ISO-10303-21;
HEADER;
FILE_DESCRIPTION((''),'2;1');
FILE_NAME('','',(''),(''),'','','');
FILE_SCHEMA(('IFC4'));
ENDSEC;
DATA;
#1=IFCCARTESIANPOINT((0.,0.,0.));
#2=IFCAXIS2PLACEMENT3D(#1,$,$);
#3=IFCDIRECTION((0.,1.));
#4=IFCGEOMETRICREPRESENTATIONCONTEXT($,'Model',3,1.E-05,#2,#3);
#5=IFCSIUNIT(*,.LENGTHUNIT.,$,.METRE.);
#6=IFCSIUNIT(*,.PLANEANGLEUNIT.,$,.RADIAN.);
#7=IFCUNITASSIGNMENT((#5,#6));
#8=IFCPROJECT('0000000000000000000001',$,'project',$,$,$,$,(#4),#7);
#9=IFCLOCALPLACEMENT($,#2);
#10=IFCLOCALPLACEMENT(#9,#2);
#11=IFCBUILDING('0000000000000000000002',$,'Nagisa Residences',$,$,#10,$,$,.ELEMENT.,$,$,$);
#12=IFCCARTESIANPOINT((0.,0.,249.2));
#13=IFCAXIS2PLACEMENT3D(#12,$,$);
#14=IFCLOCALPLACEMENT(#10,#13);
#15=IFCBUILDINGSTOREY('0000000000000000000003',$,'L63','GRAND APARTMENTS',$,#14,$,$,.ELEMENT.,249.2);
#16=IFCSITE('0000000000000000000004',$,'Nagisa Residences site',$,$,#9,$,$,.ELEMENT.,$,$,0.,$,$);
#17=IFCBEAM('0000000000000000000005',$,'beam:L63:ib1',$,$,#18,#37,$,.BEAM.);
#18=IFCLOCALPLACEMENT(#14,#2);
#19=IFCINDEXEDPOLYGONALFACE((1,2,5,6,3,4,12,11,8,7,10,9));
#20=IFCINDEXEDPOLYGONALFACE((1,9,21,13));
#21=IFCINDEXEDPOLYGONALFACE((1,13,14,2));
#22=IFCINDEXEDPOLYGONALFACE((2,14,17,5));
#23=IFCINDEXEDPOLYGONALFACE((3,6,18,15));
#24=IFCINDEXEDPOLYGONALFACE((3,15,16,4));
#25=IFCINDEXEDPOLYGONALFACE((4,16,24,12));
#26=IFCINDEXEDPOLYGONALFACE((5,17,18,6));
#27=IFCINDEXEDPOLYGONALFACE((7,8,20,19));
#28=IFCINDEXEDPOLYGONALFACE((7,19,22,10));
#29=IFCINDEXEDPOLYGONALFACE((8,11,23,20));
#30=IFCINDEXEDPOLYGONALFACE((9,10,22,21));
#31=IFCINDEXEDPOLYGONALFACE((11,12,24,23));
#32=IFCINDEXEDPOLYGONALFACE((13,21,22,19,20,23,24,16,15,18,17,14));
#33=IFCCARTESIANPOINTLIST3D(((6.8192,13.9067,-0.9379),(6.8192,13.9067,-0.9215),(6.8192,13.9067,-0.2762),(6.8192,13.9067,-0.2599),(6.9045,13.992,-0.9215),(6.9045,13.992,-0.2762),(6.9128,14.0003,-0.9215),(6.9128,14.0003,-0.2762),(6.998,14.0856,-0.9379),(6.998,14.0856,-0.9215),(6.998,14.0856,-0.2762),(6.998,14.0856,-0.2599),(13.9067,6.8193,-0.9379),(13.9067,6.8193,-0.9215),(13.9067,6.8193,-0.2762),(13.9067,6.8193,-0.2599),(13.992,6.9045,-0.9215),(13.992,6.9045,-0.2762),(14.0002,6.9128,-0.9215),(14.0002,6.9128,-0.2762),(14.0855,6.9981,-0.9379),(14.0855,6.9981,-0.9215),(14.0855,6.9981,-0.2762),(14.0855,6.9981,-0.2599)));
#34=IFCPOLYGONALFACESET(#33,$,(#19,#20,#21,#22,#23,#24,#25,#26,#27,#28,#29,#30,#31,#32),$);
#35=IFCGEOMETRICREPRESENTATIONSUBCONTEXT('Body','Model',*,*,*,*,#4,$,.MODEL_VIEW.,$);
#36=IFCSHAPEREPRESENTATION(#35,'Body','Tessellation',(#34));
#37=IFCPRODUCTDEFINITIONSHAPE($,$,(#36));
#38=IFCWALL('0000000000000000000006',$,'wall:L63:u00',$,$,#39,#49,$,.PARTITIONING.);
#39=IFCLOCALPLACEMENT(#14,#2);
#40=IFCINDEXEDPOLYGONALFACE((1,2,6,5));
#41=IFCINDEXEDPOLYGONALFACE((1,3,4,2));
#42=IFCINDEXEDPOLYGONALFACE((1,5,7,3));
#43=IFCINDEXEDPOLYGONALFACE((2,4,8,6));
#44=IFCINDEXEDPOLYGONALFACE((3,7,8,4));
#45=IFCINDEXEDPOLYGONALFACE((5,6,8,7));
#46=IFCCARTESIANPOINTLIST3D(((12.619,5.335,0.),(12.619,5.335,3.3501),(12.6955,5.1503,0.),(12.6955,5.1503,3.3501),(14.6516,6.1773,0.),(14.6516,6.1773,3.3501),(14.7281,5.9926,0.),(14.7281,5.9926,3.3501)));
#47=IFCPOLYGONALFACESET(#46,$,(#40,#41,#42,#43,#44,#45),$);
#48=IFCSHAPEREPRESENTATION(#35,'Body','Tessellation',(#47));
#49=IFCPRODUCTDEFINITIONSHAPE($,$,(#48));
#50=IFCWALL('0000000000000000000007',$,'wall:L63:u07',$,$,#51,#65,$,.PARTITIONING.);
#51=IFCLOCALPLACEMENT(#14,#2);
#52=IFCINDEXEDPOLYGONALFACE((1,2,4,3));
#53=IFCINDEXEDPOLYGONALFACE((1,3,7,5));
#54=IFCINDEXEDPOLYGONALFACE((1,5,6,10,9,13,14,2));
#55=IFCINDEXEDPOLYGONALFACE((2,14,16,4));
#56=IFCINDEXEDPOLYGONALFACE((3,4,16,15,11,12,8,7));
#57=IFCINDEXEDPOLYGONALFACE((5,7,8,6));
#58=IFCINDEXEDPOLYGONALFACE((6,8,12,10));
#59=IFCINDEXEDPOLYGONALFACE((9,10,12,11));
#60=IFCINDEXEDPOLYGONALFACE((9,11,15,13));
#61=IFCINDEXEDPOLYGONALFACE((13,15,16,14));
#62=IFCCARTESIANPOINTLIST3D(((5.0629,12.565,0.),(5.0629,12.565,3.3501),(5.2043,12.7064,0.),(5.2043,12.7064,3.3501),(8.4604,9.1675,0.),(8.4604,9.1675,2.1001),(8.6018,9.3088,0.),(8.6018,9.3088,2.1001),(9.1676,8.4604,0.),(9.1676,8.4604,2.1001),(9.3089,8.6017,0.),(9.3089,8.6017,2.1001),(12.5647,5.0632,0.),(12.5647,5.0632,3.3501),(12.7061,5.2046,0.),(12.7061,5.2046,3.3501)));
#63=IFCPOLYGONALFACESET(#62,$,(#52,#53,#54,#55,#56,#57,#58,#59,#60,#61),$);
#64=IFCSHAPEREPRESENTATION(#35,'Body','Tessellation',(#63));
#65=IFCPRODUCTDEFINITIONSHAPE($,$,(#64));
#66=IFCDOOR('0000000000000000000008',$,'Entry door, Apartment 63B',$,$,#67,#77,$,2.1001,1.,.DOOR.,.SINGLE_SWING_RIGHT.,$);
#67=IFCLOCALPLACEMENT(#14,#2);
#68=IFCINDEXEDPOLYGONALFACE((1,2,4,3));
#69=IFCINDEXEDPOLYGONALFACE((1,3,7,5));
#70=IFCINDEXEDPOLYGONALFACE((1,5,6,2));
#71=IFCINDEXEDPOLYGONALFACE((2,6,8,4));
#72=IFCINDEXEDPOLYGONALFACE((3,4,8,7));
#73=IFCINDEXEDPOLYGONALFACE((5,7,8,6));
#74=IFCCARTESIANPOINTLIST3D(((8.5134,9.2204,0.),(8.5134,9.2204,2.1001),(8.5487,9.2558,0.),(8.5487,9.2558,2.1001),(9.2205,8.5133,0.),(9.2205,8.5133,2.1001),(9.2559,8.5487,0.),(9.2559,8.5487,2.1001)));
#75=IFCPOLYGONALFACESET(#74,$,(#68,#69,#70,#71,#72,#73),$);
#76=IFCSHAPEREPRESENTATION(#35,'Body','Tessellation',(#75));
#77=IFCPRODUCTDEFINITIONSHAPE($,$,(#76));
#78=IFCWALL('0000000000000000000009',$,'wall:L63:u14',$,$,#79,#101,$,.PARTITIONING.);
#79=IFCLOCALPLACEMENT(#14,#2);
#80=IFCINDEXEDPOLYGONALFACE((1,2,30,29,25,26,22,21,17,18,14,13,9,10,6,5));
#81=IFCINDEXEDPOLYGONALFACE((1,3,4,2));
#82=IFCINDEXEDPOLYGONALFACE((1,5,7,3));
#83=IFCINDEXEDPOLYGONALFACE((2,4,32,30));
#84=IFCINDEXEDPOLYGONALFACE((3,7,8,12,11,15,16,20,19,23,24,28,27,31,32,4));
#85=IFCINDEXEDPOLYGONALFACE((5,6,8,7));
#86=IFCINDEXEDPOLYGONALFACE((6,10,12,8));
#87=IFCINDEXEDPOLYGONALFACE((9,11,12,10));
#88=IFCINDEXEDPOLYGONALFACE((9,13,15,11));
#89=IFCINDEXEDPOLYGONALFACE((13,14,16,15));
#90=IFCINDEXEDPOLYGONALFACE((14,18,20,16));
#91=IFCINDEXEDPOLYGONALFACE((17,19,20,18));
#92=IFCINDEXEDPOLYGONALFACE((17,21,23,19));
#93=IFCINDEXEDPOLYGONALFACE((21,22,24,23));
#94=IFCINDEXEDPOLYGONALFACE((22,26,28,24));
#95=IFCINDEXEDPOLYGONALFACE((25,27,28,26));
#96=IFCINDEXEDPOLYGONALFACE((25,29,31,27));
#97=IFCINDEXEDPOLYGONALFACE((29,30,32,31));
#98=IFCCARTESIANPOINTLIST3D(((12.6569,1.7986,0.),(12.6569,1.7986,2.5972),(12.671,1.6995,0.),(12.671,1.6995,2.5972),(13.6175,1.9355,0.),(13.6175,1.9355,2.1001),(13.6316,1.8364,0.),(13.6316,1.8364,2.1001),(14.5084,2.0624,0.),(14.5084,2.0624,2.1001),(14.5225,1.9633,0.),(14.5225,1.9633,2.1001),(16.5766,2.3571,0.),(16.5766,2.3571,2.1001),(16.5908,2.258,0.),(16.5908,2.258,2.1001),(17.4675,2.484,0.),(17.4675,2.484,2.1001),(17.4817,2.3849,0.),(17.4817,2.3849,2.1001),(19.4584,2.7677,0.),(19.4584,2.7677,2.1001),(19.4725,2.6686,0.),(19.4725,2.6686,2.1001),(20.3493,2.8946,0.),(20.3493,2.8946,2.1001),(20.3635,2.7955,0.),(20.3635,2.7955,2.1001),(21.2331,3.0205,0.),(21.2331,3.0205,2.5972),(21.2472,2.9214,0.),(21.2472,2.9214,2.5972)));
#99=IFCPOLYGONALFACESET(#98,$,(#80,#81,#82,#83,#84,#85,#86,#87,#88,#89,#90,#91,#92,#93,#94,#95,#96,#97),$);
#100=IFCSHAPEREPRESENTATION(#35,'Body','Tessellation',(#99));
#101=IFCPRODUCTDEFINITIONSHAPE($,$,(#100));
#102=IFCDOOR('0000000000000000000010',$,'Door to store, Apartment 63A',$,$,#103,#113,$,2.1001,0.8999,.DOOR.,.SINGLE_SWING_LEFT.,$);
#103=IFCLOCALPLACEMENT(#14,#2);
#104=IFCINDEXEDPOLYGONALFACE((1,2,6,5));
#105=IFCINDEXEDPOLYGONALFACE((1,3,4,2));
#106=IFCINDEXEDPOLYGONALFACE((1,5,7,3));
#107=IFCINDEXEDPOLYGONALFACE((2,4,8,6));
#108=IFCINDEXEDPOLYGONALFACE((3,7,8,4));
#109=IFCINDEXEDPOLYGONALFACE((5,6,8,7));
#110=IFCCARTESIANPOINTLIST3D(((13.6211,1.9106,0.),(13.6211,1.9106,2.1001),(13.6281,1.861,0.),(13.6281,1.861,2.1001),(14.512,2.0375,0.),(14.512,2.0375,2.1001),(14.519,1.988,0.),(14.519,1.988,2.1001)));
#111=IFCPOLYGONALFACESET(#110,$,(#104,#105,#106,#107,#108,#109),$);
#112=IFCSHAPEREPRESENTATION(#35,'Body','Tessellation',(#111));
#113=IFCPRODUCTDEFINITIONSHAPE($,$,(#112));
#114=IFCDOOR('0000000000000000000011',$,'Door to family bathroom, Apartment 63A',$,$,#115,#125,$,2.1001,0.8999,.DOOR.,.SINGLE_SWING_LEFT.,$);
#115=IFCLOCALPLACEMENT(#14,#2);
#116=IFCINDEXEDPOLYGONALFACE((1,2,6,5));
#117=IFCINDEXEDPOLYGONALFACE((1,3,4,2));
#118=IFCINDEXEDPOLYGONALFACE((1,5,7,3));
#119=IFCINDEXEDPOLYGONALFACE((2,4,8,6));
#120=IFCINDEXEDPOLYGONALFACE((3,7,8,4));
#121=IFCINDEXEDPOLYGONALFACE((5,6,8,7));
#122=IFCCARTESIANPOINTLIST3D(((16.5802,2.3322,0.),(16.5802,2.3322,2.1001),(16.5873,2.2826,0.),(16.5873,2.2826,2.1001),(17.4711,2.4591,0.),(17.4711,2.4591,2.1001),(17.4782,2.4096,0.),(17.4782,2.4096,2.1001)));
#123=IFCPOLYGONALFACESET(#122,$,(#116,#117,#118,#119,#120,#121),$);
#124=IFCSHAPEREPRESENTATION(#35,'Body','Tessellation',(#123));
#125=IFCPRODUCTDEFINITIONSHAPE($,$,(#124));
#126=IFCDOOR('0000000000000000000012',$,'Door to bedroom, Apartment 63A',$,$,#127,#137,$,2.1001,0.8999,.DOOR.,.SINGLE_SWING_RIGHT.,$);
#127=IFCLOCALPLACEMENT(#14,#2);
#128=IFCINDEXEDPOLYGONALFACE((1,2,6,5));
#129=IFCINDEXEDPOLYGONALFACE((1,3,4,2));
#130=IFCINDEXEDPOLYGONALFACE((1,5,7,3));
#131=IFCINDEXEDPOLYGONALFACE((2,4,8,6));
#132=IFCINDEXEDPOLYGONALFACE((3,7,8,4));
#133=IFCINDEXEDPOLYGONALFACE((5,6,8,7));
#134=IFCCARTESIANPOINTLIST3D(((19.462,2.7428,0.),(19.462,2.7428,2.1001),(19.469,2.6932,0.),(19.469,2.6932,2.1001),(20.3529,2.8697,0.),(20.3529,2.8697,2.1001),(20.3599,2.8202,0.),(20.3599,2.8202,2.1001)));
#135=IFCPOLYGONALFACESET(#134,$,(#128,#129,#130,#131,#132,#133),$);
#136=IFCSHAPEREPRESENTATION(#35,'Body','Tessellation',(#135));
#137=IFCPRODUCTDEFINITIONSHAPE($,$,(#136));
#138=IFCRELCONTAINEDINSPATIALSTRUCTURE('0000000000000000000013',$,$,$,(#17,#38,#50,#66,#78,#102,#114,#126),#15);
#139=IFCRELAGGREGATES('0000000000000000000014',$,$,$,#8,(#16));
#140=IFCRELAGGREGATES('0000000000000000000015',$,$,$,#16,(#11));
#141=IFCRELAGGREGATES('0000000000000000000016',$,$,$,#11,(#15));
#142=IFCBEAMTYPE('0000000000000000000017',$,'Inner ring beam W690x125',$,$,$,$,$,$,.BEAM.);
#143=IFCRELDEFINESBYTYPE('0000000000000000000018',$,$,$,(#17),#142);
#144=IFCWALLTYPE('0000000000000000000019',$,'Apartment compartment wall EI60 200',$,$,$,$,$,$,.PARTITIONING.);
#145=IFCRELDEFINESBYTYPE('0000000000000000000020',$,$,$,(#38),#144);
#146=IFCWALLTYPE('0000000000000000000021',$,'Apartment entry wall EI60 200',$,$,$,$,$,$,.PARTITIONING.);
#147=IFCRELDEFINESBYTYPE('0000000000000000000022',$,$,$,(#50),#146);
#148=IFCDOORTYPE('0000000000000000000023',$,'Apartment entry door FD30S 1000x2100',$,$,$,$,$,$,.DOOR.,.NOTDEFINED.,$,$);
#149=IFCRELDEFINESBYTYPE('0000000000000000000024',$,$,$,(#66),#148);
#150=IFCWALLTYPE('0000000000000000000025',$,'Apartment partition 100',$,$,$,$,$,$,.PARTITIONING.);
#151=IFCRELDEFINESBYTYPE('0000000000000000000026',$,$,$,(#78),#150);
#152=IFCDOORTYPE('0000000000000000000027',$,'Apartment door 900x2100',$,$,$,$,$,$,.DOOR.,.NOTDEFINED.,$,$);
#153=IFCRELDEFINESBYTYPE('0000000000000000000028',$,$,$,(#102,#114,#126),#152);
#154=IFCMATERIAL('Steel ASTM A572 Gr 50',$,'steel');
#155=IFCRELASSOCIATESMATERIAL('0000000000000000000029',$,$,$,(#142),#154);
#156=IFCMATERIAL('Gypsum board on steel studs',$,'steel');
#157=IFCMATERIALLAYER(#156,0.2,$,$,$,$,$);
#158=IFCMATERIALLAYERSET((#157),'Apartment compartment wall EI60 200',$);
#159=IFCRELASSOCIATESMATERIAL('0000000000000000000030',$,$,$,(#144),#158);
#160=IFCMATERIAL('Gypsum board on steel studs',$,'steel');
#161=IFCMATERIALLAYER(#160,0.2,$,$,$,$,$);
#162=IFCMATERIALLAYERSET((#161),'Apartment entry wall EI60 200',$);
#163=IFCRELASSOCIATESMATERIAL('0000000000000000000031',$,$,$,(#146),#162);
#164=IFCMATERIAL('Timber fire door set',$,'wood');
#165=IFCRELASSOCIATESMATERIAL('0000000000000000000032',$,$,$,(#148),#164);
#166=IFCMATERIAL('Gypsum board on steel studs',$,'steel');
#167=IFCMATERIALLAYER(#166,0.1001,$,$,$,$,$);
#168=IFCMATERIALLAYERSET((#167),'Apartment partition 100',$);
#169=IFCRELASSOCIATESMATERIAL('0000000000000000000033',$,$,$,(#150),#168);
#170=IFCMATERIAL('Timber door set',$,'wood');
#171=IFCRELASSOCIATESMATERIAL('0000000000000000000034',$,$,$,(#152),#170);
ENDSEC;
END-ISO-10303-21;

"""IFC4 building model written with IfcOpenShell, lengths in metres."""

from ifc_helpers import new_model, si_unit, direction, frame, frame_2d, origin, origin_2d, place, context, subcontext, project, spatial, rectangle, i_section, extrude, material, layer, layer_set, material_profile, profile_set, type_object, element, fill, save


model = new_model("IFC4")

# Units and contexts
model_context = context("Model", 3, precision=1e-05, world=origin(), true_north=direction((0.0, 1.0)))
body_context = subcontext(model_context, "Body", "Model", "MODEL_VIEW")
ifc_project = project(units=[si_unit("LENGTHUNIT", "METRE"), si_unit("PLANEANGLEUNIT", "RADIAN")], contexts=[model_context])

# Site, building, storey
site_placement = place(None, origin())
site = spatial("IfcSite", under=ifc_project, at=site_placement, Name="Nagisa Residences site", CompositionType="ELEMENT", RefElevation=0.0)
building_placement = place(site_placement, origin())
building = spatial("IfcBuilding", under=site, at=building_placement, Name="Nagisa Residences", CompositionType="ELEMENT")
storey_placement = place(building_placement, frame((0.0, 0.0, 249.2)))
storey = spatial("IfcBuildingStorey", under=building, at=storey_placement, Name="L63", Description="GRAND APARTMENTS", CompositionType="ELEMENT", Elevation=249.2)

# Beam
ifc_material_1 = material(Name="Steel ASTM A572 Gr 50", Category="steel")
ifc_material_profile = material_profile(ifc_material_1, i_section(OverallWidth=0.2529, OverallDepth=0.678, WebThickness=0.0117, FlangeThickness=0.0164, at=origin_2d()), Name="W690x125")
ifc_profile_set = profile_set([ifc_material_profile], Name="Steel ASTM A572 Gr 50")
beam_type = type_object("IfcBeamType", Name="Inner ring beam W690x125", PredefinedType="BEAM", material=ifc_profile_set)
beam_placement = place(storey_placement, frame((13.9961, 6.9087, -0.5989), z_axis=(-0.707107, 0.707107, 0.0), x_axis=(-0.707107, -0.707107, 0.0)))
element("IfcBeam", 1, at=beam_placement, inside=storey, type_object=beam_type, Name="beam:L63:ib1", PredefinedType="BEAM", context=body_context, shape_type="SweptSolid", body=[
    extrude(i_section(OverallWidth=0.2529, OverallDepth=0.678, WebThickness=0.0117, FlangeThickness=0.0164, at=origin_2d()), origin(), (0.0, 0.0, 1.0), 10.0232),
])

# Wall
ifc_material_2 = material(Name="Gypsum board on steel studs", Category="steel")
ifc_layer_1 = layer(ifc_material_2, 0.2)
ifc_layer_set_1 = layer_set([ifc_layer_1], Name="Apartment compartment wall EI60 200")
wall_type_1 = type_object("IfcWallType", Name="Apartment compartment wall EI60 200", PredefinedType="PARTITIONING", material=ifc_layer_set_1)
wall_1_placement = place(storey_placement, frame((12.6572, 5.2427, 0.0), z_axis=(0.0, 0.0, 1.0), x_axis=(0.92383, 0.382803, 0.0)))
element("IfcWall", 2, at=wall_1_placement, inside=storey, type_object=wall_type_1, Name="wall:L63:u00", PredefinedType="PARTITIONING", context=body_context, shape_type="SweptSolid", body=[
    extrude(rectangle(XDim=2.2002, YDim=0.2, at=frame_2d((1.1001, 0.0))), origin(), (0.0, 0.0, 1.0), 3.3501),
])

# Wall, opening, door
ifc_material_3 = material(Name="Gypsum board on steel studs", Category="steel")
ifc_layer_2 = layer(ifc_material_3, 0.2)
ifc_layer_set_2 = layer_set([ifc_layer_2], Name="Apartment entry wall EI60 200")
wall_type_2 = type_object("IfcWallType", Name="Apartment entry wall EI60 200", PredefinedType="PARTITIONING", material=ifc_layer_set_2)
wall_2_placement = place(storey_placement, frame((12.6355, 5.1338, 0.0), z_axis=(0.0, 0.0, 1.0), x_axis=(-0.707107, 0.707107, 0.0)))
wall_2 = element("IfcWall", 3, at=wall_2_placement, inside=storey, type_object=wall_type_2, Name="wall:L63:u07", PredefinedType="PARTITIONING", context=body_context, shape_type="SweptSolid", body=[
    extrude(rectangle(XDim=10.6091, YDim=0.2, at=frame_2d((5.3047, 0.0))), origin(), (0.0, 0.0, 1.0), 3.3501),
])
opening_1_placement = place(wall_2_placement, frame((4.8044, 0.0, 0.0)))
opening_1 = element("IfcOpeningElement", 4, at=opening_1_placement, cuts=wall_2, PredefinedType="OPENING", context=body_context, shape_type="SweptSolid", body=[
    extrude(rectangle(XDim=1.0, YDim=2.1001, at=frame_2d((0.5, 1.05))), frame((0.0, 0.1099, 0.0), z_axis=(0.0, -1.0, 0.0), x_axis=(1.0, 0.0, 0.0)), (0.0, 0.0, 1.0), 0.22),
])
ifc_material_4 = material(Name="Timber fire door set", Category="wood")
door_type_1 = type_object("IfcDoorType", Name="Apartment entry door FD30S 1000x2100", OperationType="NOTDEFINED", PredefinedType="DOOR", material=ifc_material_4)
door_1_placement = place(opening_1_placement, frame((1.0, 0.0, 0.0), x_axis=(-1.0, 0.0, 0.0)))
door_1 = element("IfcDoor", 5, at=door_1_placement, inside=storey, type_object=door_type_1, Name="Entry door, Apartment 63B", OperationType="SINGLE_SWING_RIGHT", OverallHeight=2.1001, OverallWidth=1.0, PredefinedType="DOOR", context=body_context, shape_type="SweptSolid", body=[
    extrude(rectangle(XDim=1.0, YDim=2.1001, at=frame_2d((0.5, 1.05))), frame((0.0, 0.0249, 0.0), z_axis=(0.0, -1.0, 0.0), x_axis=(1.0, 0.0, 0.0)), (0.0, 0.0, 1.0), 0.05),
])
fill(opening_1, door_1)

# Wall, openings, doors
ifc_material_5 = material(Name="Gypsum board on steel studs", Category="steel")
ifc_layer_3 = layer(ifc_material_5, 0.1001)
ifc_layer_set_3 = layer_set([ifc_layer_3], Name="Apartment partition 100")
wall_type_3 = type_object("IfcWallType", Name="Apartment partition 100", PredefinedType="PARTITIONING", material=ifc_layer_set_3)
wall_3_placement = place(storey_placement, frame((12.6638, 1.749, 0.0), z_axis=(0.0, 0.0, 1.0), x_axis=(0.990002, 0.141054, 0.0)))
wall_3 = element("IfcWall", 6, at=wall_3_placement, inside=storey, type_object=wall_type_3, Name="wall:L63:u14", PredefinedType="PARTITIONING", context=body_context, shape_type="SweptSolid", body=[
    extrude(rectangle(XDim=8.6628, YDim=0.1001, at=frame_2d((4.3315, 0.0))), origin(), (0.0, 0.0, 1.0), 2.5972),
])
opening_2_placement = place(wall_3_placement, frame((0.9705, 0.0, 0.0)))
opening_2 = element("IfcOpeningElement", 7, at=opening_2_placement, cuts=wall_3, PredefinedType="OPENING", context=body_context, shape_type="SweptSolid", body=[
    extrude(rectangle(XDim=0.8999, YDim=2.1001, at=frame_2d((0.45, 1.05))), frame((0.0, 0.0601, 0.0), z_axis=(0.0, -1.0, 0.0), x_axis=(1.0, 0.0, 0.0)), (0.0, 0.0, 1.0), 0.1201),
])
opening_3_placement = place(wall_3_placement, frame((3.9595, 0.0, 0.0)))
opening_3 = element("IfcOpeningElement", 8, at=opening_3_placement, cuts=wall_3, PredefinedType="OPENING", context=body_context, shape_type="SweptSolid", body=[
    extrude(rectangle(XDim=0.8999, YDim=2.1001, at=frame_2d((0.45, 1.05))), frame((0.0, 0.0601, 0.0), z_axis=(0.0, -1.0, 0.0), x_axis=(1.0, 0.0, 0.0)), (0.0, 0.0, 1.0), 0.1201),
])
opening_4_placement = place(wall_3_placement, frame((6.8704, 0.0, 0.0)))
opening_4 = element("IfcOpeningElement", 9, at=opening_4_placement, cuts=wall_3, PredefinedType="OPENING", context=body_context, shape_type="SweptSolid", body=[
    extrude(rectangle(XDim=0.8999, YDim=2.1001, at=frame_2d((0.45, 1.05))), frame((0.0, 0.0601, 0.0), z_axis=(0.0, -1.0, 0.0), x_axis=(1.0, 0.0, 0.0)), (0.0, 0.0, 1.0), 0.1201),
])
ifc_material_6 = material(Name="Timber door set", Category="wood")
door_type_2 = type_object("IfcDoorType", Name="Apartment door 900x2100", OperationType="NOTDEFINED", PredefinedType="DOOR", material=ifc_material_6)
door_2_placement = place(opening_2_placement, origin())
door_2 = element("IfcDoor", 10, at=door_2_placement, inside=storey, type_object=door_type_2, Name="Door to store, Apartment 63A", OperationType="SINGLE_SWING_LEFT", OverallHeight=2.1001, OverallWidth=0.8999, PredefinedType="DOOR", context=body_context, shape_type="SweptSolid", body=[
    extrude(rectangle(XDim=0.8999, YDim=2.1001, at=frame_2d((0.45, 1.05))), frame((0.0, 0.0249, 0.0), z_axis=(0.0, -1.0, 0.0), x_axis=(1.0, 0.0, 0.0)), (0.0, 0.0, 1.0), 0.05),
])
fill(opening_2, door_2)
door_3_placement = place(opening_3_placement, origin())
door_3 = element("IfcDoor", 11, at=door_3_placement, inside=storey, type_object=door_type_2, Name="Door to family bathroom, Apartment 63A", OperationType="SINGLE_SWING_LEFT", OverallHeight=2.1001, OverallWidth=0.8999, PredefinedType="DOOR", context=body_context, shape_type="SweptSolid", body=[
    extrude(rectangle(XDim=0.8999, YDim=2.1001, at=frame_2d((0.45, 1.05))), frame((0.0, 0.0249, 0.0), z_axis=(0.0, -1.0, 0.0), x_axis=(1.0, 0.0, 0.0)), (0.0, 0.0, 1.0), 0.05),
])
fill(opening_3, door_3)
door_4_placement = place(opening_4_placement, origin())
door_4 = element("IfcDoor", 12, at=door_4_placement, inside=storey, type_object=door_type_2, Name="Door to bedroom, Apartment 63A", OperationType="SINGLE_SWING_RIGHT", OverallHeight=2.1001, OverallWidth=0.8999, PredefinedType="DOOR", context=body_context, shape_type="SweptSolid", body=[
    extrude(rectangle(XDim=0.8999, YDim=2.1001, at=frame_2d((0.45, 1.05))), frame((0.0, 0.0249, 0.0), z_axis=(0.0, -1.0, 0.0), x_axis=(1.0, 0.0, 0.0)), (0.0, 0.0, 1.0), 0.05),
])
fill(opening_4, door_4)

save(model, "model.ifc")
